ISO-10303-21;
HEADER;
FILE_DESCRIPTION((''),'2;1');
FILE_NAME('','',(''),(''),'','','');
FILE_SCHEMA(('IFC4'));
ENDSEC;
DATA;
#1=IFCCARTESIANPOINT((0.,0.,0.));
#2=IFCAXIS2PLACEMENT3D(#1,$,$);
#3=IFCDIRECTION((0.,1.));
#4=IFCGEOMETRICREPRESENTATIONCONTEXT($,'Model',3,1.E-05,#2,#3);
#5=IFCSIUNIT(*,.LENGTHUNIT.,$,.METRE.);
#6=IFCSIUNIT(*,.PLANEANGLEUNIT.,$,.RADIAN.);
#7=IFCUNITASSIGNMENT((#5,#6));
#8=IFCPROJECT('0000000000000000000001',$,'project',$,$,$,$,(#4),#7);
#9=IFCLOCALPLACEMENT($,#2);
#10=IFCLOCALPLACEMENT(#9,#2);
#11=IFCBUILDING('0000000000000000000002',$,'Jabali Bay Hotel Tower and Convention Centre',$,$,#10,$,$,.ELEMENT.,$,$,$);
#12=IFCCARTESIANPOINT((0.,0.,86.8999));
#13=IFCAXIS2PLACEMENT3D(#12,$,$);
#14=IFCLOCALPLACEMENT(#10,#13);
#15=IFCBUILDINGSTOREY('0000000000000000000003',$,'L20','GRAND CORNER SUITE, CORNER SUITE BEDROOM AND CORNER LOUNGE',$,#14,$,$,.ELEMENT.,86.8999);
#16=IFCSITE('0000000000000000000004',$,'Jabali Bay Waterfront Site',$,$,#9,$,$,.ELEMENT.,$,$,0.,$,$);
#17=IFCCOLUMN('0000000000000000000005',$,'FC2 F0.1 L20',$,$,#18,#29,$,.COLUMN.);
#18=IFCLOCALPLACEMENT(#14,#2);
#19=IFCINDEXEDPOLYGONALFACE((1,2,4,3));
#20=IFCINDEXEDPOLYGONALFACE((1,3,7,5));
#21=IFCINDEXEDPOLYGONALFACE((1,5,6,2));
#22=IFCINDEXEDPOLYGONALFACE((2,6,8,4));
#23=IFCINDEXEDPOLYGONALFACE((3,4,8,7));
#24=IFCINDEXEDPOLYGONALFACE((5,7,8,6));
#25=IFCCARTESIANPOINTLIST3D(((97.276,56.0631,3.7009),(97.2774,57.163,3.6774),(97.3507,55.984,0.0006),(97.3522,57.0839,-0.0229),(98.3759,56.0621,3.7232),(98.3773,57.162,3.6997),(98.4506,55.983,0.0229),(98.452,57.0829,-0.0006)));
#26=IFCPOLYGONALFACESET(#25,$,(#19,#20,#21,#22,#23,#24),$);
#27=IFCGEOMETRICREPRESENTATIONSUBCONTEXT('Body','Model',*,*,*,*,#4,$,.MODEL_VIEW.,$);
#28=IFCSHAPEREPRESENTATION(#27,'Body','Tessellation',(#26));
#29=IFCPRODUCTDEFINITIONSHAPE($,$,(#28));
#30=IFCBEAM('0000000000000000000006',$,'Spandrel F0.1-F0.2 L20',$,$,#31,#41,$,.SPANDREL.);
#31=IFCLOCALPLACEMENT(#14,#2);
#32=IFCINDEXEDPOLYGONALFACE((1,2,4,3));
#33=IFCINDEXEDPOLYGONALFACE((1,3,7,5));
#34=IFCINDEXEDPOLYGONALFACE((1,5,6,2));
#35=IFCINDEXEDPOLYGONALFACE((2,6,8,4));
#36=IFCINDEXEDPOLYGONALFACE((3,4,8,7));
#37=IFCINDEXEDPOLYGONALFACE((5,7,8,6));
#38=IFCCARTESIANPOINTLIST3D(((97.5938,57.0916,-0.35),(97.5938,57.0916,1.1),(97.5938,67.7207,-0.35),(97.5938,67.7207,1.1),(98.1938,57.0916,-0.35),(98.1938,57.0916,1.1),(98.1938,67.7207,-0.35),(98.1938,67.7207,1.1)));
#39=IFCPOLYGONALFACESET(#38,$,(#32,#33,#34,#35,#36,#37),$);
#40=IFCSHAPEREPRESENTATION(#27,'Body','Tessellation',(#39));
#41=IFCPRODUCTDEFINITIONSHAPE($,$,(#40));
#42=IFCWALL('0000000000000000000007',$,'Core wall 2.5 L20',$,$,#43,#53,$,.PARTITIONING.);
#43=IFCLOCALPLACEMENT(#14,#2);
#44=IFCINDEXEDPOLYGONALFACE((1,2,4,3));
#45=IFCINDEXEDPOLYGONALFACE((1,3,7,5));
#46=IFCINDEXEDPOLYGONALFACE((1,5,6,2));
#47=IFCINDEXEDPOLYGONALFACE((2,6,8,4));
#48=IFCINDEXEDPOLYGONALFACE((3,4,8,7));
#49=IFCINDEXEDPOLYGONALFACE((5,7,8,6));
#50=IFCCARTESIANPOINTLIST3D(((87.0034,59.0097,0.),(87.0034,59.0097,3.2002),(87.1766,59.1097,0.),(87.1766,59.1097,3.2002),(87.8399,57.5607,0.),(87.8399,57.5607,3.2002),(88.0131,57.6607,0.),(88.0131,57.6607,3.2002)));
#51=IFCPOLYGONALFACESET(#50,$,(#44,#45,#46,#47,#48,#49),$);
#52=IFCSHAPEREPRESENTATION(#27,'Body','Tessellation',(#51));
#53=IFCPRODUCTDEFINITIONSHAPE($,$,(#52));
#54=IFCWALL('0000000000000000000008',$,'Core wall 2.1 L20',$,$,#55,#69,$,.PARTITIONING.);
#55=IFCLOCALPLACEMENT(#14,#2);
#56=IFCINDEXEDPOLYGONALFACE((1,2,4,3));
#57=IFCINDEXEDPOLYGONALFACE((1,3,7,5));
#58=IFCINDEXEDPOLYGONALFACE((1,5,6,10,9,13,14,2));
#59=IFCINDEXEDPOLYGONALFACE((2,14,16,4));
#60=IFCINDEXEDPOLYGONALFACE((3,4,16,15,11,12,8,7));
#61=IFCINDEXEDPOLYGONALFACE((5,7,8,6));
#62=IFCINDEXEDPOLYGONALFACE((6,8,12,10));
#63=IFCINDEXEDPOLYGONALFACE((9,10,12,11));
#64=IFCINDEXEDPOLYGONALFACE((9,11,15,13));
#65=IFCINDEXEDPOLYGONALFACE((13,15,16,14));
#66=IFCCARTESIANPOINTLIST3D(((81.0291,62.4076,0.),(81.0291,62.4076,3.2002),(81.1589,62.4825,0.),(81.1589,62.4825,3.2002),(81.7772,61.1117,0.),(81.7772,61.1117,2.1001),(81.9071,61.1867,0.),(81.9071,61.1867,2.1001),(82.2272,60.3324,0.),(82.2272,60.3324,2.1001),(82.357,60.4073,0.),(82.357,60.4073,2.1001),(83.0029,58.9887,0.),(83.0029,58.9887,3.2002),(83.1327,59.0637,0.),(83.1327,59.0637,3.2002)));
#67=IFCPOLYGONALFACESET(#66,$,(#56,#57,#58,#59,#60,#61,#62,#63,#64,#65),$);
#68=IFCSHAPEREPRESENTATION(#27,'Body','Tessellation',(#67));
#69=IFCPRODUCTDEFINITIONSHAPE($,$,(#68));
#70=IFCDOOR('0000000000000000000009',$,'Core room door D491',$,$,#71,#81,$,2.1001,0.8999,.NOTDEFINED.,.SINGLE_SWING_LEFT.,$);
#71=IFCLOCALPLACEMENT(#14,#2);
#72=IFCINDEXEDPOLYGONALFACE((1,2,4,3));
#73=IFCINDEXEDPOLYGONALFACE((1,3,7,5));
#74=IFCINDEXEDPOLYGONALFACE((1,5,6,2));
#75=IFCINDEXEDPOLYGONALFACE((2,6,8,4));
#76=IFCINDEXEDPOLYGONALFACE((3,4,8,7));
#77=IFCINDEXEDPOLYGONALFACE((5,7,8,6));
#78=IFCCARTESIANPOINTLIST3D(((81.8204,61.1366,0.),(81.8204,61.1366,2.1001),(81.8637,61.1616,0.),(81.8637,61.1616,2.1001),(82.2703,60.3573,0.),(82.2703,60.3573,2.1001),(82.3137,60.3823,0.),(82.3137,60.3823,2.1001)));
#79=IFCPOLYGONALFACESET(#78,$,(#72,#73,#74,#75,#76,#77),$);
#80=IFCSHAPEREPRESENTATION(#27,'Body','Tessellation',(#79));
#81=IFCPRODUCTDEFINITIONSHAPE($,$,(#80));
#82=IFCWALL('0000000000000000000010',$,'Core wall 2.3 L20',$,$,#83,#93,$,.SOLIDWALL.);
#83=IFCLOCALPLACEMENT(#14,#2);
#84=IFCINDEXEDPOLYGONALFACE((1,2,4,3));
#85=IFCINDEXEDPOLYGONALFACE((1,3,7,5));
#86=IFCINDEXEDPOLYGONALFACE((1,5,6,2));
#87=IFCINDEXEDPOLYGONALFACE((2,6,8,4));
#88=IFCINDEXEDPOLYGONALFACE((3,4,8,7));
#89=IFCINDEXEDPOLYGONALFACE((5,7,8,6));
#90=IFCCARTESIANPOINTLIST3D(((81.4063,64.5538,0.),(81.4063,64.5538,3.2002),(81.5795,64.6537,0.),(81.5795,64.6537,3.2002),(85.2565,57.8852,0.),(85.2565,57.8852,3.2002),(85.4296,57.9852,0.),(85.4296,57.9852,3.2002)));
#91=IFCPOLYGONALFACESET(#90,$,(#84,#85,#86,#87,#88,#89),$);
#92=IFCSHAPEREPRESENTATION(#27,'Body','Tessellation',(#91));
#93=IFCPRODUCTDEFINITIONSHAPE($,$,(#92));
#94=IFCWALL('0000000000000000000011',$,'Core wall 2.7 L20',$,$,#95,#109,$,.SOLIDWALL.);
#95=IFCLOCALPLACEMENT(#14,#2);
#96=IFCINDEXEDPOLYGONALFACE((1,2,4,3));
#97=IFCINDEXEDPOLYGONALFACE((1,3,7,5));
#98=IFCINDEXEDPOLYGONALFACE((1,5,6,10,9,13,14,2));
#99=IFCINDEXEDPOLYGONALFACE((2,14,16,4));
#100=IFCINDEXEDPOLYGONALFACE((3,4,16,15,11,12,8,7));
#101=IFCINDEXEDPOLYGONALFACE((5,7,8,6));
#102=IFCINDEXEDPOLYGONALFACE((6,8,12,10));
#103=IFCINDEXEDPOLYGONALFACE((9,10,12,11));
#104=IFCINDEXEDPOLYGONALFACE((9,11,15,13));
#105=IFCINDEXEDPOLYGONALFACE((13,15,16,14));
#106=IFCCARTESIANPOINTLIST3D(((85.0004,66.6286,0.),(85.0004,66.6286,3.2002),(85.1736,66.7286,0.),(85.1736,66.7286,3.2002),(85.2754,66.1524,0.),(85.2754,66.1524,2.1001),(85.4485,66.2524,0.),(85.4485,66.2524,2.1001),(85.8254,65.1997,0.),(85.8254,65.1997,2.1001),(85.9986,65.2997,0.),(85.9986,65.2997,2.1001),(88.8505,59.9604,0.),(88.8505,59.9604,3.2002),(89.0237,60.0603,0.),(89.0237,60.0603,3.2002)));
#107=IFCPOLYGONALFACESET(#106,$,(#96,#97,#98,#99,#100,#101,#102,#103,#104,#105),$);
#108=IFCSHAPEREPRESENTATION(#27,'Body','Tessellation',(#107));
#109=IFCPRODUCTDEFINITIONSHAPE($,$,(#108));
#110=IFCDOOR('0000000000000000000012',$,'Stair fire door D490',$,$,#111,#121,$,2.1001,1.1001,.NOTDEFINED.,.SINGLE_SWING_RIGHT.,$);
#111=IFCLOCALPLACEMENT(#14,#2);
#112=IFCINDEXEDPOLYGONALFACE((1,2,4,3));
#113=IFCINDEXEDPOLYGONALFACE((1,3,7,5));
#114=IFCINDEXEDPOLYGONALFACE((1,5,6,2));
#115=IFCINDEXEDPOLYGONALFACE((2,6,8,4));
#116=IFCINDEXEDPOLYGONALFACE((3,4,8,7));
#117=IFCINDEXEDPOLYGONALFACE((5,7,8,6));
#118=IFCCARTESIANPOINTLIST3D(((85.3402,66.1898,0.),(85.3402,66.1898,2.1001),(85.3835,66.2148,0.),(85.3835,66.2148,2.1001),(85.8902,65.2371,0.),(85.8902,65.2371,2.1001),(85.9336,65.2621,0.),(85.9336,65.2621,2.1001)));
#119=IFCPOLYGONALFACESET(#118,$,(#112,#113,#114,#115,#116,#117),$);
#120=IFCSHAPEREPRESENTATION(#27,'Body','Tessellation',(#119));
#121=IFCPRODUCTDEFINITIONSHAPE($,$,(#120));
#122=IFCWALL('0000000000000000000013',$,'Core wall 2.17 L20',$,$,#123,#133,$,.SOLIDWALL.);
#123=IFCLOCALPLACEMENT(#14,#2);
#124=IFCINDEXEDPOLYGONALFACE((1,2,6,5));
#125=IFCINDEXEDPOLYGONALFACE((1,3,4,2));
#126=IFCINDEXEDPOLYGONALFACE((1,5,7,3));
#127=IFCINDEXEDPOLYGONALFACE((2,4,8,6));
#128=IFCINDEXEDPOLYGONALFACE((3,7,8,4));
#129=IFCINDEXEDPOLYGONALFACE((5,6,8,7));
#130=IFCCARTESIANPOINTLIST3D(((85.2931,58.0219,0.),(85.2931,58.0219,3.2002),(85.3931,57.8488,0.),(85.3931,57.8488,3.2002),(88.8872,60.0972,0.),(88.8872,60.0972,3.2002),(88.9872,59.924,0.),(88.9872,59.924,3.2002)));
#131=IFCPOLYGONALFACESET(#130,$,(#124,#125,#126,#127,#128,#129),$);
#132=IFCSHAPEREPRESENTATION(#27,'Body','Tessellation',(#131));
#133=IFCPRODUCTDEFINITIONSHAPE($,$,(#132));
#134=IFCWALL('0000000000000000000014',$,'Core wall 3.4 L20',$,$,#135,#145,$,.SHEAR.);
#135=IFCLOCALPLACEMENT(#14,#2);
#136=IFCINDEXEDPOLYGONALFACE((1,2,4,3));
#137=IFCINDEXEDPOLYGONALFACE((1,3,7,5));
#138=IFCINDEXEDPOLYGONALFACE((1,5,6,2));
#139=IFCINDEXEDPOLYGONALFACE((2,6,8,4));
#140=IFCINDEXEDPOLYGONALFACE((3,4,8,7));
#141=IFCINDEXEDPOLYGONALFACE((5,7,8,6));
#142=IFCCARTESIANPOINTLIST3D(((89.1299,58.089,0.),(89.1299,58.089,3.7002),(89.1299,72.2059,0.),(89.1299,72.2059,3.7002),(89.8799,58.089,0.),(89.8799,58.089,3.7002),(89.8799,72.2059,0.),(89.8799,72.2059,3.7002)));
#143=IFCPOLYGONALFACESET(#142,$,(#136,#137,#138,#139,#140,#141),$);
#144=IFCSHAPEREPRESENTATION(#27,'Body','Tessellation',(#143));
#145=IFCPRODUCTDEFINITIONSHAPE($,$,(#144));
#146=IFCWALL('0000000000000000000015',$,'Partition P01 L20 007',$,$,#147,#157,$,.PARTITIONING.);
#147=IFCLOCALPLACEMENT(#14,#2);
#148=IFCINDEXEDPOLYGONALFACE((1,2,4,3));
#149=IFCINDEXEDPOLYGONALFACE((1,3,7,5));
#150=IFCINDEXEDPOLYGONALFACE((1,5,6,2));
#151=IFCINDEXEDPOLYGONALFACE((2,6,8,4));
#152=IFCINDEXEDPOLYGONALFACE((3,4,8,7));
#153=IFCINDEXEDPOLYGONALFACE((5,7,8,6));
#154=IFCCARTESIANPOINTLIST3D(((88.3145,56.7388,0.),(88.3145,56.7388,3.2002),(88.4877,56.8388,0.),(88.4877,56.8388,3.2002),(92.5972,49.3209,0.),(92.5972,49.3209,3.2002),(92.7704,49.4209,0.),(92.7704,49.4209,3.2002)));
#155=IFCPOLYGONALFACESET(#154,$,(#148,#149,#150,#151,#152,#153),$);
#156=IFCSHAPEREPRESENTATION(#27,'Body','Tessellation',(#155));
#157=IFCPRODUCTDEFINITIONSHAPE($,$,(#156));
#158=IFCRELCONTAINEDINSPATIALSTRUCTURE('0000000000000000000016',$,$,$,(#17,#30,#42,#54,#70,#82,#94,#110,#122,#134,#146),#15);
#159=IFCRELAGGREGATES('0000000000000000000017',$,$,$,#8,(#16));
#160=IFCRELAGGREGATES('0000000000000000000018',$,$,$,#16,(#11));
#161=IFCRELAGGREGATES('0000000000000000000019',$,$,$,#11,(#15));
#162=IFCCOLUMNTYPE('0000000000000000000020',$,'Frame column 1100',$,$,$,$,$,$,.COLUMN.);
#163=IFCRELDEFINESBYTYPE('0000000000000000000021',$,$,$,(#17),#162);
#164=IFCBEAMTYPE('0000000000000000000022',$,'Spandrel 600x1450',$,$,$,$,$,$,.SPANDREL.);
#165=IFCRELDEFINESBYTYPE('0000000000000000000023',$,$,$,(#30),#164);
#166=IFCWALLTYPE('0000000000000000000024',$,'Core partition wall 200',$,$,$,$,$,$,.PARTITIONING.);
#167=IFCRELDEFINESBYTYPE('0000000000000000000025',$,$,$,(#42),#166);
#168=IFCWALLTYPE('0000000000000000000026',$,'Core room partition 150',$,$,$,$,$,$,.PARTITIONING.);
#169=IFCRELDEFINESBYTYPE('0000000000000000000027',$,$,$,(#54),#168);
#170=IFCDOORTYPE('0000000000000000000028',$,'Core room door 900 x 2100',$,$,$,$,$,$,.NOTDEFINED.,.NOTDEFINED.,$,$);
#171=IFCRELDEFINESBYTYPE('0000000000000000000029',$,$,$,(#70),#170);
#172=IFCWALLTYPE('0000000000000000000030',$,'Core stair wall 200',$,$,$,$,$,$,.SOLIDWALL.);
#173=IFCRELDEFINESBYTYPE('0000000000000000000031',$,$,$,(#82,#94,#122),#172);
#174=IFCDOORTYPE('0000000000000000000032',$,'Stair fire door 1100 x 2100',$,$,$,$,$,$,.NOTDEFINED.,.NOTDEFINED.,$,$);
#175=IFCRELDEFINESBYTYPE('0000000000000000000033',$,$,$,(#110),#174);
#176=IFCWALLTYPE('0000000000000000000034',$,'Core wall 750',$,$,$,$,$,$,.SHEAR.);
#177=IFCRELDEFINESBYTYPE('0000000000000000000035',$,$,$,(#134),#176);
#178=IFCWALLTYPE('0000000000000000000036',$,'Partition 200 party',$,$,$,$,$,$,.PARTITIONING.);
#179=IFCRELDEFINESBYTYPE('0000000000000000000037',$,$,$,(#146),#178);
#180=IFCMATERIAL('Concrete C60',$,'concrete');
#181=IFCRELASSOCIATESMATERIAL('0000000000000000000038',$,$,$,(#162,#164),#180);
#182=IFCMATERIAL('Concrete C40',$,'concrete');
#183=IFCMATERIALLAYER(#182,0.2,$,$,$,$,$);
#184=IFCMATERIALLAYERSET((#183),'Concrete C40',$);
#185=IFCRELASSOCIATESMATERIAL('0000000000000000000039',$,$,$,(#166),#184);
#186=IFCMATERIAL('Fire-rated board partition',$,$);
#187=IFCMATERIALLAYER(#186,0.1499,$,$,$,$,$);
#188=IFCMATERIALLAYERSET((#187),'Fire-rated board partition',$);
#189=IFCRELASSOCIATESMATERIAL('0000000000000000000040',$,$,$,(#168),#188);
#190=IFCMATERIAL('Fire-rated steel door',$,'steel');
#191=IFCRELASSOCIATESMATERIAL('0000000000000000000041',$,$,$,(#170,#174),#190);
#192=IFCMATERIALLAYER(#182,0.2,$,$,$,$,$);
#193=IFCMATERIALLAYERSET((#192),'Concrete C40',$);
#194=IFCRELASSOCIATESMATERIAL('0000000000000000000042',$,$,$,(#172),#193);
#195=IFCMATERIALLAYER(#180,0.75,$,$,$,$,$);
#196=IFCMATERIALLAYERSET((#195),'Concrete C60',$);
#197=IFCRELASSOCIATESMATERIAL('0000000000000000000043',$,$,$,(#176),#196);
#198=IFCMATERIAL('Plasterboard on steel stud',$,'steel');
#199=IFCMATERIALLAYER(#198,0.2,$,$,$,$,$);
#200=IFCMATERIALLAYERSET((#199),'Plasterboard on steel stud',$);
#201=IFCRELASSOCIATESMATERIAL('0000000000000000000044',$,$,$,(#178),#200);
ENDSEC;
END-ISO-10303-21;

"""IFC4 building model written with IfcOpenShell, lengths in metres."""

from ifc_helpers import new_model, si_unit, direction, frame, frame_2d, origin, origin_2d, place, context, subcontext, project, spatial, rectangle, extrude, material, layer, layer_set, material_profile, profile_set, type_object, element, fill, save


model = new_model("IFC4")

# Units and contexts
model_context = context("Model", 3, precision=1e-05, world=origin(), true_north=direction((0.0, 1.0)))
body_context = subcontext(model_context, "Body", "Model", "MODEL_VIEW")
ifc_project = project(units=[si_unit("LENGTHUNIT", "METRE"), si_unit("PLANEANGLEUNIT", "RADIAN")], contexts=[model_context])

# Site, building, storey
site_placement = place(None, origin())
site = spatial("IfcSite", under=ifc_project, at=site_placement, Name="Jabali Bay Waterfront Site", CompositionType="ELEMENT", RefElevation=0.0)
building_placement = place(site_placement, origin())
building = spatial("IfcBuilding", under=site, at=building_placement, Name="Jabali Bay Hotel Tower and Convention Centre", CompositionType="ELEMENT")
storey_placement = place(building_placement, frame((0.0, 0.0, 86.8999)))
storey = spatial("IfcBuildingStorey", under=building, at=storey_placement, Name="L20", Description="GRAND CORNER SUITE, CORNER SUITE BEDROOM AND CORNER LOUNGE", CompositionType="ELEMENT", Elevation=86.8999)

# Column
ifc_material_1 = material(Name="Concrete C60", Category="concrete")
ifc_material_profile_1 = material_profile(ifc_material_1, rectangle(XDim=1.1001, YDim=1.1001, at=origin_2d()), Name="Frame column 1100")
ifc_profile_set_1 = profile_set([ifc_material_profile_1], Name="Concrete C60")
column_type = type_object("IfcColumnType", Name="Frame column 1100", PredefinedType="COLUMN", material=ifc_profile_set_1)
column_placement = place(storey_placement, frame((97.9014, 56.5334, 0.0), z_axis=(-0.020181, 0.021368, 0.999568), x_axis=(-0.001322, -0.999771, 0.021346)))
element("IfcColumn", 1, at=column_placement, inside=storey, type_object=column_type, Name="FC2 F0.1 L20", PredefinedType="COLUMN", context=body_context, shape_type="SweptSolid", body=[
    extrude(rectangle(XDim=1.1001, YDim=1.1001, at=origin_2d()), origin(), (0.0, 0.0, 1.0), 3.7019),
])

# Beam
ifc_material_profile_2 = material_profile(ifc_material_1, rectangle(XDim=0.6001, YDim=1.45, at=origin_2d()), Name="Spandrel 600x1450")
ifc_profile_set_2 = profile_set([ifc_material_profile_2], Name="Concrete C60")
beam_type = type_object("IfcBeamType", Name="Spandrel 600x1450", PredefinedType="SPANDREL", material=ifc_profile_set_2)
beam_placement = place(storey_placement, frame((97.8938, 57.0916, 0.375), z_axis=(0.0, 1.0, 0.0), x_axis=(-1.0, 0.0, 0.0)))
element("IfcBeam", 2, at=beam_placement, inside=storey, type_object=beam_type, Name="Spandrel F0.1-F0.2 L20", PredefinedType="SPANDREL", context=body_context, shape_type="SweptSolid", body=[
    extrude(rectangle(XDim=0.6001, YDim=1.45, at=origin_2d()), origin(), (0.0, 0.0, 1.0), 10.6292),
])

# Wall
ifc_material_2 = material(Name="Concrete C40", Category="concrete")
ifc_layer_1 = layer(ifc_material_2, 0.2)
ifc_layer_set_1 = layer_set([ifc_layer_1], Name="Concrete C40")
wall_type_1 = type_object("IfcWallType", Name="Core partition wall 200", PredefinedType="PARTITIONING", material=ifc_layer_set_1)
wall_1_placement = place(storey_placement, frame((87.0901, 59.0596, 0.0), z_axis=(0.0, 0.0, 1.0), x_axis=(0.499937, -0.866062, 0.0)))
element("IfcWall", 3, at=wall_1_placement, inside=storey, type_object=wall_type_1, Name="Core wall 2.5 L20", PredefinedType="PARTITIONING", context=body_context, shape_type="SweptSolid", body=[
    extrude(rectangle(XDim=1.6731, YDim=0.2, at=frame_2d((0.8364, 0.0))), origin(), (0.0, 0.0, 1.0), 3.2002),
])

# Wall, opening, door
ifc_material_3 = material(Name="Fire-rated board partition")
ifc_layer_2 = layer(ifc_material_3, 0.1499)
ifc_layer_set_2 = layer_set([ifc_layer_2], Name="Fire-rated board partition")
wall_type_2 = type_object("IfcWallType", Name="Core room partition 150", PredefinedType="PARTITIONING", material=ifc_layer_set_2)
wall_2_placement = place(storey_placement, frame((81.094, 62.4451, 0.0), z_axis=(0.0, 0.0, 1.0), x_axis=(0.49999, -0.866031, 0.0)))
wall_2 = element("IfcWall", 4, at=wall_2_placement, inside=storey, type_object=wall_type_2, Name="Core wall 2.1 L20", PredefinedType="PARTITIONING", context=body_context, shape_type="SweptSolid", body=[
    extrude(rectangle(XDim=3.9478, YDim=0.1499, at=frame_2d((1.9739, 0.0))), origin(), (0.0, 0.0, 1.0), 3.2002),
])
opening_1_placement = place(wall_2_placement, frame((1.4963, 0.0, 0.0)))
opening_1 = element("IfcOpeningElement", 5, at=opening_1_placement, cuts=wall_2, PredefinedType="OPENING", context=body_context, shape_type="SweptSolid", body=[
    extrude(rectangle(XDim=0.8999, YDim=2.1001, at=frame_2d((0.45, 1.05))), frame((0.0, 0.0854, 0.0), z_axis=(0.0, -1.0, 0.0), x_axis=(1.0, 0.0, 0.0)), (0.0, 0.0, 1.0), 0.1709),
])
ifc_material_4 = material(Name="Fire-rated steel door", Category="steel")
door_type_1 = type_object("IfcDoorType", Name="Core room door 900 x 2100", OperationType="NOTDEFINED", PredefinedType="NOTDEFINED", material=ifc_material_4)
door_1_placement = place(opening_1_placement, origin())
door_1 = element("IfcDoor", 6, at=door_1_placement, inside=storey, type_object=door_type_1, Name="Core room door D491", OperationType="SINGLE_SWING_LEFT", OverallHeight=2.1001, OverallWidth=0.8999, PredefinedType="NOTDEFINED", context=body_context, shape_type="SweptSolid", body=[
    extrude(rectangle(XDim=0.8999, YDim=2.1001, at=frame_2d((0.45, 1.05))), frame((0.0, 0.0249, 0.0), z_axis=(0.0, -1.0, 0.0), x_axis=(1.0, 0.0, 0.0)), (0.0, 0.0, 1.0), 0.05),
])
fill(opening_1, door_1)

# Wall
ifc_layer_3 = layer(ifc_material_2, 0.2)
ifc_layer_set_3 = layer_set([ifc_layer_3], Name="Concrete C40")
wall_type_3 = type_object("IfcWallType", Name="Core stair wall 200", PredefinedType="SOLIDWALL", material=ifc_layer_set_3)
wall_3_placement = place(storey_placement, frame((81.4929, 64.6038, 0.0), z_axis=(0.0, 0.0, 1.0), x_axis=(0.500006, -0.866022, 0.0)))
element("IfcWall", 7, at=wall_3_placement, inside=storey, type_object=wall_type_3, Name="Core wall 2.3 L20", PredefinedType="SOLIDWALL", context=body_context, shape_type="SweptSolid", body=[
    extrude(rectangle(XDim=7.7002, YDim=0.2, at=frame_2d((3.8501, 0.0))), origin(), (0.0, 0.0, 1.0), 3.2002),
])

# Wall, opening, door
wall_4_placement = place(storey_placement, frame((85.0869, 66.6787, 0.0), z_axis=(0.0, 0.0, 1.0), x_axis=(0.50002, -0.866014, 0.0)))
wall_4 = element("IfcWall", 8, at=wall_4_placement, inside=storey, type_object=wall_type_3, Name="Core wall 2.7 L20", PredefinedType="SOLIDWALL", context=body_context, shape_type="SweptSolid", body=[
    extrude(rectangle(XDim=7.7, YDim=0.2, at=frame_2d((3.8501, 0.0))), origin(), (0.0, 0.0, 1.0), 3.2002),
])
opening_2_placement = place(wall_4_placement, frame((0.55, 0.0, 0.0)))
opening_2 = element("IfcOpeningElement", 9, at=opening_2_placement, cuts=wall_4, PredefinedType="OPENING", context=body_context, shape_type="SweptSolid", body=[
    extrude(rectangle(XDim=1.1001, YDim=2.1001, at=frame_2d((0.55, 1.05))), frame((0.0, 0.1104, 0.0), z_axis=(0.0, -1.0, 0.0), x_axis=(1.0, 0.0, 0.0)), (0.0, 0.0, 1.0), 0.2209),
])
door_type_2 = type_object("IfcDoorType", Name="Stair fire door 1100 x 2100", OperationType="NOTDEFINED", PredefinedType="NOTDEFINED", material=ifc_material_4)
door_2_placement = place(opening_2_placement, origin())
door_2 = element("IfcDoor", 10, at=door_2_placement, inside=storey, type_object=door_type_2, Name="Stair fire door D490", OperationType="SINGLE_SWING_RIGHT", OverallHeight=2.1001, OverallWidth=1.1001, PredefinedType="NOTDEFINED", context=body_context, shape_type="SweptSolid", body=[
    extrude(rectangle(XDim=1.1001, YDim=2.1001, at=frame_2d((0.55, 1.05))), frame((0.0, 0.0249, 0.0), z_axis=(0.0, -1.0, 0.0), x_axis=(1.0, 0.0, 0.0)), (0.0, 0.0, 1.0), 0.05),
])
fill(opening_2, door_2)

# Walls
wall_5_placement = place(storey_placement, frame((85.343, 57.9353, 0.0), z_axis=(0.0, 0.0, 1.0), x_axis=(0.866004, 0.500036, 0.0)))
element("IfcWall", 11, at=wall_5_placement, inside=storey, type_object=wall_type_3, Name="Core wall 2.17 L20", PredefinedType="SOLIDWALL", context=body_context, shape_type="SweptSolid", body=[
    extrude(rectangle(XDim=4.1501, YDim=0.2, at=frame_2d((2.0752, 0.0))), origin(), (0.0, 0.0, 1.0), 3.2002),
])
ifc_layer_4 = layer(ifc_material_1, 0.75)
ifc_layer_set_4 = layer_set([ifc_layer_4], Name="Concrete C60")
wall_type_4 = type_object("IfcWallType", Name="Core wall 750", PredefinedType="SHEAR", material=ifc_layer_set_4)
wall_6_placement = place(storey_placement, frame((89.5049, 58.0889, 0.0), z_axis=(0.0, 0.0, 1.0), x_axis=(0.0, 1.0, 0.0)))
element("IfcWall", 12, at=wall_6_placement, inside=storey, type_object=wall_type_4, Name="Core wall 3.4 L20", PredefinedType="SHEAR", context=body_context, shape_type="SweptSolid", body=[
    extrude(rectangle(XDim=14.1169, YDim=0.75, at=frame_2d((7.0586, 0.0))), origin(), (0.0, 0.0, 1.0), 3.7002),
])
ifc_material_5 = material(Name="Plasterboard on steel stud", Category="steel")
ifc_layer_5 = layer(ifc_material_5, 0.2)
ifc_layer_set_5 = layer_set([ifc_layer_5], Name="Plasterboard on steel stud")
wall_type_5 = type_object("IfcWallType", Name="Partition 200 party", PredefinedType="PARTITIONING", material=ifc_layer_set_5)
wall_7_placement = place(storey_placement, frame((88.4011, 56.7888, 0.0), z_axis=(0.0, 0.0, 1.0), x_axis=(0.499995, -0.866028, 0.0)))
element("IfcWall", 13, at=wall_7_placement, inside=storey, type_object=wall_type_5, Name="Partition P01 L20 007", PredefinedType="PARTITIONING", context=body_context, shape_type="SweptSolid", body=[
    extrude(rectangle(XDim=8.5654, YDim=0.2, at=frame_2d((4.2827, 0.0))), origin(), (0.0, 0.0, 1.0), 3.2002),
])

save(model, "model.ifc")
